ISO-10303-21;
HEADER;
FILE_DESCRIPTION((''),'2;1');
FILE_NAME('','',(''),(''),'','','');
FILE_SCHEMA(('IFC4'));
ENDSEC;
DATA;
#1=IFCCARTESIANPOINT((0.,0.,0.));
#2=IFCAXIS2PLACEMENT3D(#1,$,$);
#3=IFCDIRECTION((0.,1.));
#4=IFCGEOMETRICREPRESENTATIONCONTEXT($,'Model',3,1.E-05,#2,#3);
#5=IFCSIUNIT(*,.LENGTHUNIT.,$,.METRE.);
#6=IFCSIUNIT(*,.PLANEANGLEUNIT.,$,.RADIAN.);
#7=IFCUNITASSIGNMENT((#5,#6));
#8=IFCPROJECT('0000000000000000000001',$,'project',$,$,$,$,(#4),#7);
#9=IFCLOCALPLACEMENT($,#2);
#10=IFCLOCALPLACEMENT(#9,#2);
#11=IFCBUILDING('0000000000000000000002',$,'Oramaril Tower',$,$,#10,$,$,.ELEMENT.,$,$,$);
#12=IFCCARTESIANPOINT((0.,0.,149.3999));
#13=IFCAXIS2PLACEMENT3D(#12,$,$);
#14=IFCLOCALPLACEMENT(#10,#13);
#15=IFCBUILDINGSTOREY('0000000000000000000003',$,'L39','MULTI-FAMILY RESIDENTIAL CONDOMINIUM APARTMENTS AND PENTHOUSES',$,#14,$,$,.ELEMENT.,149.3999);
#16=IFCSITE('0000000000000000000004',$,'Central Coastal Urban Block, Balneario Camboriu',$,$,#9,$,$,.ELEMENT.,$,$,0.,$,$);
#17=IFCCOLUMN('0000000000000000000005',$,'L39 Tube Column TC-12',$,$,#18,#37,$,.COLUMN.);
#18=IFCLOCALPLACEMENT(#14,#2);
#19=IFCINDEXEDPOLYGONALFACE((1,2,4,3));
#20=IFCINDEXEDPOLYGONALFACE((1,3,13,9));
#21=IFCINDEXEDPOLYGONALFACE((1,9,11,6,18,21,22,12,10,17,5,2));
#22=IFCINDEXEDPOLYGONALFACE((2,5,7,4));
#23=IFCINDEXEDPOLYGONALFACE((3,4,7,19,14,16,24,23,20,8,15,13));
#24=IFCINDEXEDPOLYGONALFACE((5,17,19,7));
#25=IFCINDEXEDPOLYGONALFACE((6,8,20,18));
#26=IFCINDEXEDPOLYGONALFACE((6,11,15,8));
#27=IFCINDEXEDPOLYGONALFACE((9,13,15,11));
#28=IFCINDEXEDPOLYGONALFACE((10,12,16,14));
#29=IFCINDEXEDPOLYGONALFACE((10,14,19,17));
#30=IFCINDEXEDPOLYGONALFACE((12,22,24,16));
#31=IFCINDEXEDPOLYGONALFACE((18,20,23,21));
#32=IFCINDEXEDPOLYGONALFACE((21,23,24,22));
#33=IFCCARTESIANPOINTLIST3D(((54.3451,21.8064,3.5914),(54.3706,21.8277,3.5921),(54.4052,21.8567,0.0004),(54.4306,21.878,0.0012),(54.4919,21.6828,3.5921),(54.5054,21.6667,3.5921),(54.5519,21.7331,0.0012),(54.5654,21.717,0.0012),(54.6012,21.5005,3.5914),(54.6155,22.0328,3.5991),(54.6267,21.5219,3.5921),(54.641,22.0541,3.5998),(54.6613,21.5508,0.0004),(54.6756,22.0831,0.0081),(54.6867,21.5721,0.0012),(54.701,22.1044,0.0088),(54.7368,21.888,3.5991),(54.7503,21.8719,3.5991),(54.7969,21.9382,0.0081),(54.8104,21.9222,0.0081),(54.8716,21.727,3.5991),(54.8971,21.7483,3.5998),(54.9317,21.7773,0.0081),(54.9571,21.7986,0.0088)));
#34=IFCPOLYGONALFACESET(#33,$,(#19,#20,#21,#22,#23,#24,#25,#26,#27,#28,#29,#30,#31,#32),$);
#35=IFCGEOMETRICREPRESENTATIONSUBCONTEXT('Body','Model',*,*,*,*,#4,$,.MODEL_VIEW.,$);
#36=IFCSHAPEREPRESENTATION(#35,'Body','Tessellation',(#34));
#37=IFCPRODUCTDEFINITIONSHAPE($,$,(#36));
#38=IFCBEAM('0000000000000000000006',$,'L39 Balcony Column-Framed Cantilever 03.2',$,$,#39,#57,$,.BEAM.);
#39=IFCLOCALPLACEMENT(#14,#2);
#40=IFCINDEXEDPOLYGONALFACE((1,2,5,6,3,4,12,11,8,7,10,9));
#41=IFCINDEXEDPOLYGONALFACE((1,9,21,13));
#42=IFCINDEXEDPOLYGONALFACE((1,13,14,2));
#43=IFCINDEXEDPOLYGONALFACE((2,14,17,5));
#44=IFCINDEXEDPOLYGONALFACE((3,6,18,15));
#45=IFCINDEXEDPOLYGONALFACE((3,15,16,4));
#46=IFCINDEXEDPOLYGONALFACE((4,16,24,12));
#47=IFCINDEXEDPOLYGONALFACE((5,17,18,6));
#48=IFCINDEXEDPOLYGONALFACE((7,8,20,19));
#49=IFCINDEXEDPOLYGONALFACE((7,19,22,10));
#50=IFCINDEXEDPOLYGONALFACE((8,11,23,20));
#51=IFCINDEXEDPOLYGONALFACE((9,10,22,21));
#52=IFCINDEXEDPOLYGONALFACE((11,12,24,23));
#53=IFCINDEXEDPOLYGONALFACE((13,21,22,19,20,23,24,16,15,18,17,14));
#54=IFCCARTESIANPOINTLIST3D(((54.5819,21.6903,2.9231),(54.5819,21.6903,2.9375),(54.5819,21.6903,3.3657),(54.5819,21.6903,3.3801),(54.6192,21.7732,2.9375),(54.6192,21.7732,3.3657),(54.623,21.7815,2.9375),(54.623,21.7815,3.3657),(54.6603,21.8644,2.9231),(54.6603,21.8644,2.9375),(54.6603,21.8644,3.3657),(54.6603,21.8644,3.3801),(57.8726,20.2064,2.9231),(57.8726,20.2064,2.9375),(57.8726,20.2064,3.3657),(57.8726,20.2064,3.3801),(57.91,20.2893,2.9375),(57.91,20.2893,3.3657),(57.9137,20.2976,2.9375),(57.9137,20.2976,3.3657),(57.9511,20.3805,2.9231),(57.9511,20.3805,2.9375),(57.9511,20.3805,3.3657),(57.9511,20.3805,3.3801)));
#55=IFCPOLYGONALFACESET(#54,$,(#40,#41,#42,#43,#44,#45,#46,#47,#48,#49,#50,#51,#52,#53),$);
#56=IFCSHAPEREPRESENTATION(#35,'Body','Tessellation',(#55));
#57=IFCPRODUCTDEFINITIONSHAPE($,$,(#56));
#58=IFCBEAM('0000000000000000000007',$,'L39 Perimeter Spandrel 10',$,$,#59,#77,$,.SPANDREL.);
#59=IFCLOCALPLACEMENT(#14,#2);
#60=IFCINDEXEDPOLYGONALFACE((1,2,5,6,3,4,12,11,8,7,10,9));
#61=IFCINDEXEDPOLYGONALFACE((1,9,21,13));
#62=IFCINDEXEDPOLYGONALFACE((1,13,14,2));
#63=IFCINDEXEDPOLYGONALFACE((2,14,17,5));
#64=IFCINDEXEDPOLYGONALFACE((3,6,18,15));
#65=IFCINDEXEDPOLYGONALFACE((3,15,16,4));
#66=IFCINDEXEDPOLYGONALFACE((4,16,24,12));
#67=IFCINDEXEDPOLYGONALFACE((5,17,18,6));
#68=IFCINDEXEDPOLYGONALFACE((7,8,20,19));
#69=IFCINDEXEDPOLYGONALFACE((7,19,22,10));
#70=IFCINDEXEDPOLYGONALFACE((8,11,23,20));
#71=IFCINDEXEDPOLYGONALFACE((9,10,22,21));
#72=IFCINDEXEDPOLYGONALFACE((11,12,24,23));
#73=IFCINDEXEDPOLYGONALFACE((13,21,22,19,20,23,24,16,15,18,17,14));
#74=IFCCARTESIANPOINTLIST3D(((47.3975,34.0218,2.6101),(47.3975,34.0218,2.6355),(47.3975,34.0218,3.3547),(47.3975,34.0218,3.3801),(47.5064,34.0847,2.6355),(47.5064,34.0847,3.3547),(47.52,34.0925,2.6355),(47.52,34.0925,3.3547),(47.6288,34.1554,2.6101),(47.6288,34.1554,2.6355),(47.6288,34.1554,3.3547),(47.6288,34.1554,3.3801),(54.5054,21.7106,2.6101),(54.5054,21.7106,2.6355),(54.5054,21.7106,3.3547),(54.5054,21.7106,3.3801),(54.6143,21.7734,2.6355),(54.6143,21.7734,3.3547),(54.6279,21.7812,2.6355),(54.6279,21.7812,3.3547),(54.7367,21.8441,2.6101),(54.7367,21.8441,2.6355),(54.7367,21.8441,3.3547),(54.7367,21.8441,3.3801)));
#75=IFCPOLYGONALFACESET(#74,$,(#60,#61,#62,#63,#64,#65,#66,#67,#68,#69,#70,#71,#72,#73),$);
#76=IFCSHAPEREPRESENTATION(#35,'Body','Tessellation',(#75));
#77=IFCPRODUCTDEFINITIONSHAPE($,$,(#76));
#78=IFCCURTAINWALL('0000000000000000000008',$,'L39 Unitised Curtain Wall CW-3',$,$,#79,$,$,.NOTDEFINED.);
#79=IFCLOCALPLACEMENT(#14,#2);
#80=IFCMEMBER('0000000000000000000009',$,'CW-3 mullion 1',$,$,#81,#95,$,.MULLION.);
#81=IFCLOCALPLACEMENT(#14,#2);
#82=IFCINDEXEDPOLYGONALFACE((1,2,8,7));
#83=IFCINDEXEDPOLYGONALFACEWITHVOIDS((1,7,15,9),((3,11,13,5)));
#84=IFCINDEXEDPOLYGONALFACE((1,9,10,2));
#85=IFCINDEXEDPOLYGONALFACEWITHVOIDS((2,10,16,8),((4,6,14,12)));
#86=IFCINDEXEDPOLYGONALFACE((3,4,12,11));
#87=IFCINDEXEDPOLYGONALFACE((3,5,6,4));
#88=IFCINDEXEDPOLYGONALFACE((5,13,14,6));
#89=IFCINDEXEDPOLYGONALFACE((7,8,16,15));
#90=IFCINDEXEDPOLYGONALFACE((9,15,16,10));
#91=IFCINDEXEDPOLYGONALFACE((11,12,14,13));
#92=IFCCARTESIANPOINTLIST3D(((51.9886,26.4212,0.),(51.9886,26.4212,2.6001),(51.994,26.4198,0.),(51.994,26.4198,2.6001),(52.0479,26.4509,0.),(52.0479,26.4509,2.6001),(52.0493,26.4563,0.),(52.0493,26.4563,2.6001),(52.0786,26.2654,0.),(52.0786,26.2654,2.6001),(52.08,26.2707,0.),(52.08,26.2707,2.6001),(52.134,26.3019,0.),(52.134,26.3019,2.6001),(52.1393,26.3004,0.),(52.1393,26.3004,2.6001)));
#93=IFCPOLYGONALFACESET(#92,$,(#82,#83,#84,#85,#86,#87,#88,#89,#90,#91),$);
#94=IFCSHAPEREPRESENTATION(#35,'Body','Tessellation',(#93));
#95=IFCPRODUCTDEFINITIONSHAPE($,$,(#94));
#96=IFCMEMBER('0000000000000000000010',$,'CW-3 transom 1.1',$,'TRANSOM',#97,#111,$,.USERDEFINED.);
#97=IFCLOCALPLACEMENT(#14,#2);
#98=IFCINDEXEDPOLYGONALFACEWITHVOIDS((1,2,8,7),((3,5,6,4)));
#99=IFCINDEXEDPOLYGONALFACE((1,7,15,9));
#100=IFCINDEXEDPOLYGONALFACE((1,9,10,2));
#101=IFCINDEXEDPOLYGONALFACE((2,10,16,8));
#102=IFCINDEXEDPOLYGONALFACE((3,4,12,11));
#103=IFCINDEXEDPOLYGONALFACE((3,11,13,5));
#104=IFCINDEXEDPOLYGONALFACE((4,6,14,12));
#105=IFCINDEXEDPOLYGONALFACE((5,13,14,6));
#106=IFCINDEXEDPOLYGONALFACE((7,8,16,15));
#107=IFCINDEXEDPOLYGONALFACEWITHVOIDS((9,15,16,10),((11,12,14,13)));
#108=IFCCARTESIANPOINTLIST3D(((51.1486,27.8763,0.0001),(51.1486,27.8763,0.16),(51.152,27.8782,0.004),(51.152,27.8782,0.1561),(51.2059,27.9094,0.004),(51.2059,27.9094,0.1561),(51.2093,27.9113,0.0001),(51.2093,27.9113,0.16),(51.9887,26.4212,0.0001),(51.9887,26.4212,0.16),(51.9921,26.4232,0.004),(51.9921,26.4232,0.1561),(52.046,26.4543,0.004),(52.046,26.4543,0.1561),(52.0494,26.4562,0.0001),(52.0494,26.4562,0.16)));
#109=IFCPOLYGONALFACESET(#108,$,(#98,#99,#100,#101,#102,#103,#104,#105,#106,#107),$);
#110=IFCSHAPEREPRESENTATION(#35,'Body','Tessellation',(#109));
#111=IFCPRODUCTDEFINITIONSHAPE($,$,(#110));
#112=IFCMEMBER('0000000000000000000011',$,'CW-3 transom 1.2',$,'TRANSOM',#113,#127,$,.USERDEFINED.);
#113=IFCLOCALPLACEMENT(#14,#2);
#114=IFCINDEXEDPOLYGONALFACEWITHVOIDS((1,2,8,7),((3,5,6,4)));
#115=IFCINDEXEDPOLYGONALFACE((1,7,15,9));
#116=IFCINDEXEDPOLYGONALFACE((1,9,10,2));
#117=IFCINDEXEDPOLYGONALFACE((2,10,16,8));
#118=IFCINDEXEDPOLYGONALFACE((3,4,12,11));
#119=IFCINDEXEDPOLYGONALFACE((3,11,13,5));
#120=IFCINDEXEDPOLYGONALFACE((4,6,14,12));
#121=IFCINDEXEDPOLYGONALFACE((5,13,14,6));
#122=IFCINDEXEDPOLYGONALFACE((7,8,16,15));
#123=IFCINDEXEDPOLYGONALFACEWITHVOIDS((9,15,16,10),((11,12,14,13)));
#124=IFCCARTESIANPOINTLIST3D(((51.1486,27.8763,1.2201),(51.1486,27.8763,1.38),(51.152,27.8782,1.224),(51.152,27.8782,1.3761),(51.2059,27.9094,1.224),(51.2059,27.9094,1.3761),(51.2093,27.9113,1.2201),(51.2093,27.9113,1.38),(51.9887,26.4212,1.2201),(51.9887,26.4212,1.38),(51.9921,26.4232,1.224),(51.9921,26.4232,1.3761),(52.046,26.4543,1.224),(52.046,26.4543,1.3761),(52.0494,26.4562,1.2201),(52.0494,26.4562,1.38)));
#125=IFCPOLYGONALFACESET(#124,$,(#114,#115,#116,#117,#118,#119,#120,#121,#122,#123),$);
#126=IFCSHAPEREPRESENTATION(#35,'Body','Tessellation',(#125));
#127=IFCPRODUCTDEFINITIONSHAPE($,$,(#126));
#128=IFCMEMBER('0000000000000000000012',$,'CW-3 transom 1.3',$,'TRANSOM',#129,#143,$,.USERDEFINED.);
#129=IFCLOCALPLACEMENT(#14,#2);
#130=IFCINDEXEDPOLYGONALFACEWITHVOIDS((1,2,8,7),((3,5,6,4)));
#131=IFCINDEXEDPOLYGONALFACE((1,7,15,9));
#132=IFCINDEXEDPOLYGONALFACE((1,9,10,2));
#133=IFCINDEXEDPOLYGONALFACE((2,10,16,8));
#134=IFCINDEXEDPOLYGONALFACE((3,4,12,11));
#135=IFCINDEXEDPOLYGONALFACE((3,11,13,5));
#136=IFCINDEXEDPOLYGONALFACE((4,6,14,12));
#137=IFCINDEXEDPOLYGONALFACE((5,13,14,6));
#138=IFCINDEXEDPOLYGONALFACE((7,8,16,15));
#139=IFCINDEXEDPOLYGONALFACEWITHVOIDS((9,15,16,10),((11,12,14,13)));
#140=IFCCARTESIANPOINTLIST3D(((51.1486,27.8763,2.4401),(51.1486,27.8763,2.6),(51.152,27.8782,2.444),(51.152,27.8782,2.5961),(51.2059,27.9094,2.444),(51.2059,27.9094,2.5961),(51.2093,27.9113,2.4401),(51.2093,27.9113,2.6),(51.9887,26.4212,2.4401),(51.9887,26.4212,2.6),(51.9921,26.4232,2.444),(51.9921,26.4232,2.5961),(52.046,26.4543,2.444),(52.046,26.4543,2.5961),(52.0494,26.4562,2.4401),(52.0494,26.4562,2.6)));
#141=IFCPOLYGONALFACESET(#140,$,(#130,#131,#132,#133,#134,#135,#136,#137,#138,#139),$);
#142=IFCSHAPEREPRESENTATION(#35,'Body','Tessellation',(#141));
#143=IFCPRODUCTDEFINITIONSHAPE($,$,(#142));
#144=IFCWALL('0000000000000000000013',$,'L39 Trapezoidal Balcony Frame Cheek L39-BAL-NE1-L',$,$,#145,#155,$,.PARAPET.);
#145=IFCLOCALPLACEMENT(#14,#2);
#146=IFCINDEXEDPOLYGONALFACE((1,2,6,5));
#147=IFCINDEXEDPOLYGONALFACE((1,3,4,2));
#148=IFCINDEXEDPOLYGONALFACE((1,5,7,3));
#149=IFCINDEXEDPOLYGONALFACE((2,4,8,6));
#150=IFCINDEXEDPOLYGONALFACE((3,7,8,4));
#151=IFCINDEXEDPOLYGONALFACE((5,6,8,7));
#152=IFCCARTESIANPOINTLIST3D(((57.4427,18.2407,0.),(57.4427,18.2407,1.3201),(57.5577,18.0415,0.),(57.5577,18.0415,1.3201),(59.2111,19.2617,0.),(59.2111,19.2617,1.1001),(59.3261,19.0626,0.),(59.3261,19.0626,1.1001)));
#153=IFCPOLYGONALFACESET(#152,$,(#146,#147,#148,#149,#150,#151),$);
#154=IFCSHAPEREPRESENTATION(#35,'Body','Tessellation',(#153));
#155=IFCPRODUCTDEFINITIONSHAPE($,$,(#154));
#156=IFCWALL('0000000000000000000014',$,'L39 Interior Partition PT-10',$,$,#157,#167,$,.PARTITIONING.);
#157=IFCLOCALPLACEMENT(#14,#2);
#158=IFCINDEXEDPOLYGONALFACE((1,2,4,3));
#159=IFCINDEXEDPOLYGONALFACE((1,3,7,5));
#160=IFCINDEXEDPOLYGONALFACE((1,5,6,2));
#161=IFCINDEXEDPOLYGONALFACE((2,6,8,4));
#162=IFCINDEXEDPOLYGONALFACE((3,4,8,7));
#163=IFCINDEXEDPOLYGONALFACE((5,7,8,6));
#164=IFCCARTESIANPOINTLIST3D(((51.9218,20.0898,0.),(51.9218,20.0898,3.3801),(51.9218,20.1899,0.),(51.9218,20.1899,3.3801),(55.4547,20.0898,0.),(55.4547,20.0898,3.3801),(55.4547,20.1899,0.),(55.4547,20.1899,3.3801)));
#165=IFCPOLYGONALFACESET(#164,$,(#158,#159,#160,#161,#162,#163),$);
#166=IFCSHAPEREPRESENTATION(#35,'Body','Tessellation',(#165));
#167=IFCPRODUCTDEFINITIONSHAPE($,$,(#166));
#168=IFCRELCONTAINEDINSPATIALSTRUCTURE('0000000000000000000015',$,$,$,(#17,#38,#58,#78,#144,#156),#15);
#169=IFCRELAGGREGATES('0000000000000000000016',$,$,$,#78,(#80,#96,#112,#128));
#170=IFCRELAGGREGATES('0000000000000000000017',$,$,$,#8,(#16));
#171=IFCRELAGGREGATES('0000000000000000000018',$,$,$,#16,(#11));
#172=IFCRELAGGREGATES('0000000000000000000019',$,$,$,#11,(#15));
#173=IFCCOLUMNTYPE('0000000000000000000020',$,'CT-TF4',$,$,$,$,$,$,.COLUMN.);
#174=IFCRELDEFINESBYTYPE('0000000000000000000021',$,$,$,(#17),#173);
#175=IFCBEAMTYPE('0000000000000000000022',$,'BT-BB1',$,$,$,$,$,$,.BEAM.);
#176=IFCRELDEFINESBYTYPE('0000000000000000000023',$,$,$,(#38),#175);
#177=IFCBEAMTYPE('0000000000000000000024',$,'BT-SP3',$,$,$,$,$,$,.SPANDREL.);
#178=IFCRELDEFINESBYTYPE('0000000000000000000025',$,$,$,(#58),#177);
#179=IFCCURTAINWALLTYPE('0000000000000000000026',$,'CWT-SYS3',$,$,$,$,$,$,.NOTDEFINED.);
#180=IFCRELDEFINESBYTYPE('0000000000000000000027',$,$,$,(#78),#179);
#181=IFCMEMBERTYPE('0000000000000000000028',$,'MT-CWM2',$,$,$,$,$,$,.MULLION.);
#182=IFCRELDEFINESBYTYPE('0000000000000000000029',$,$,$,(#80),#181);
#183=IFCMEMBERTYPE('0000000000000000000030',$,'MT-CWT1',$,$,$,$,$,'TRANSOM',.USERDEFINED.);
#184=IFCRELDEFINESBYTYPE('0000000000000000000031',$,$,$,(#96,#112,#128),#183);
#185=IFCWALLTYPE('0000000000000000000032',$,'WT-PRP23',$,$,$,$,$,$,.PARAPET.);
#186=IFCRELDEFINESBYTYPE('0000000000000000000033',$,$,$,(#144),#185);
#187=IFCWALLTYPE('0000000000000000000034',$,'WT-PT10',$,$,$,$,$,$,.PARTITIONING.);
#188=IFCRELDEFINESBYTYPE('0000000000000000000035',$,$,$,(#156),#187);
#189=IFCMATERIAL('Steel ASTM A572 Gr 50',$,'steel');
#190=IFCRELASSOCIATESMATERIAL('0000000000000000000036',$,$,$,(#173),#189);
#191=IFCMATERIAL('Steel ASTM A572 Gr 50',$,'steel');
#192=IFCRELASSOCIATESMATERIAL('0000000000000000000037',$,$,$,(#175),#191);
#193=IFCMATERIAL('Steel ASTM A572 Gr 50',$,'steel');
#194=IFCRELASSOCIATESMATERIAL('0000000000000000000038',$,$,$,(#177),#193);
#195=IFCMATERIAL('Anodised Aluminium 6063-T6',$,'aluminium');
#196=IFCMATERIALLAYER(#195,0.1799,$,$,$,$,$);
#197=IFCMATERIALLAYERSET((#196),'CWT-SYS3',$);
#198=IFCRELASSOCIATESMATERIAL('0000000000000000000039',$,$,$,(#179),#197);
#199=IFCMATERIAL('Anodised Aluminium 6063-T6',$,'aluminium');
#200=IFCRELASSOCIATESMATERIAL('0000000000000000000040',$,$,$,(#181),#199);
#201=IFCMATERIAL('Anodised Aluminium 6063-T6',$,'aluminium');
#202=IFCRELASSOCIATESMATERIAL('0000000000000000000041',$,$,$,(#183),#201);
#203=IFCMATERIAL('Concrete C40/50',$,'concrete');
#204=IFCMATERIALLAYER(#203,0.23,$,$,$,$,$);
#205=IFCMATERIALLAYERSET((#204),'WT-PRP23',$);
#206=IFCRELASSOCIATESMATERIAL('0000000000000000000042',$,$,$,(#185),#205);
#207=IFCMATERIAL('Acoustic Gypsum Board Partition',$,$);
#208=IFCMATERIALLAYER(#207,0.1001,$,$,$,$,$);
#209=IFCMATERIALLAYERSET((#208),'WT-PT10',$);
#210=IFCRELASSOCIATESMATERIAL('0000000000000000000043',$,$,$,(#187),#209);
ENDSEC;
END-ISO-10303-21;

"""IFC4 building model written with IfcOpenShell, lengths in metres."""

from ifc_helpers import new_model, si_unit, direction, frame, frame_2d, origin, origin_2d, place, context, subcontext, project, spatial, polyline, rectangle, hollow_rectangle, i_section, outline, extrude, material, layer, layer_set, material_profile, profile_set, type_object, element, aggregate, save


model = new_model("IFC4")

# Units and contexts
model_context = context("Model", 3, precision=1e-05, world=origin(), true_north=direction((0.0, 1.0)))
body_context = subcontext(model_context, "Body", "Model", "MODEL_VIEW")
ifc_project = project(units=[si_unit("LENGTHUNIT", "METRE"), si_unit("PLANEANGLEUNIT", "RADIAN")], contexts=[model_context])

# Site, building, storey
site_placement = place(None, origin())
site = spatial("IfcSite", under=ifc_project, at=site_placement, Name="Central Coastal Urban Block, Balneario Camboriu", CompositionType="ELEMENT", RefElevation=0.0)
building_placement = place(site_placement, origin())
building = spatial("IfcBuilding", under=site, at=building_placement, Name="Oramaril Tower", CompositionType="ELEMENT")
storey_placement = place(building_placement, frame((0.0, 0.0, 149.3999)))
storey = spatial("IfcBuildingStorey", under=building, at=storey_placement, Name="L39", Description="MULTI-FAMILY RESIDENTIAL CONDOMINIUM APARTMENTS AND PENTHOUSES", CompositionType="ELEMENT", Elevation=149.3999)

# Column
ifc_material_1 = material(Name="Steel ASTM A572 Gr 50", Category="steel")
ifc_material_profile_1 = material_profile(ifc_material_1, i_section(OverallWidth=0.3989, OverallDepth=0.386, WebThickness=0.021, FlangeThickness=0.0332, at=origin_2d()), Name="W14X176")
ifc_profile_set_1 = profile_set([ifc_material_profile_1], Name="Steel ASTM A572 Gr 50")
column_type = type_object("IfcColumnType", Name="CT-TF4", PredefinedType="COLUMN", material=ifc_profile_set_1)
column_placement = place(storey_placement, frame((54.6812, 21.8276, 0.0046), z_axis=(-0.01672, -0.014002, 0.999762), x_axis=(0.642022, -0.766686, 0.0)))
element("IfcColumn", 1, at=column_placement, inside=storey, type_object=column_type, Name="L39 Tube Column TC-12", PredefinedType="COLUMN", context=body_context, shape_type="SweptSolid", body=[
    extrude(i_section(OverallWidth=0.3989, OverallDepth=0.386, WebThickness=0.021, FlangeThickness=0.0332, at=origin_2d()), origin(), (0.0, 0.0, 1.0), 3.5918),
])

# Beams
ifc_material_2 = material(Name="Steel ASTM A572 Gr 50", Category="steel")
ifc_material_profile_2 = material_profile(ifc_material_2, i_section(OverallWidth=0.1909, OverallDepth=0.457, WebThickness=0.009, FlangeThickness=0.0144, at=origin_2d()), Name="W18X50")
ifc_profile_set_2 = profile_set([ifc_material_profile_2], Name="Steel ASTM A572 Gr 50")
beam_type_1 = type_object("IfcBeamType", Name="BT-BB1", PredefinedType="BEAM", material=ifc_profile_set_2)
beam_1_placement = place(storey_placement, frame((54.6211, 21.7773, 3.1516), z_axis=(0.911606, -0.411065, 0.0), x_axis=(0.411065, 0.911606, 0.0)))
element("IfcBeam", 2, at=beam_1_placement, inside=storey, type_object=beam_type_1, Name="L39 Balcony Column-Framed Cantilever 03.2", PredefinedType="BEAM", context=body_context, shape_type="SweptSolid", body=[
    extrude(i_section(OverallWidth=0.1909, OverallDepth=0.457, WebThickness=0.009, FlangeThickness=0.0144, at=origin_2d()), origin(), (0.0, 0.0, 1.0), 3.6099),
])
ifc_material_3 = material(Name="Steel ASTM A572 Gr 50", Category="steel")
ifc_material_profile_3 = material_profile(ifc_material_3, i_section(OverallWidth=0.2671, OverallDepth=0.77, WebThickness=0.0156, FlangeThickness=0.0254, at=origin_2d()), Name="W30X132")
ifc_profile_set_3 = profile_set([ifc_material_profile_3], Name="Steel ASTM A572 Gr 50")
beam_type_2 = type_object("IfcBeamType", Name="BT-SP3", PredefinedType="SPANDREL", material=ifc_profile_set_3)
beam_2_placement = place(storey_placement, frame((54.6211, 21.7773, 2.9951), z_axis=(-0.499999, 0.866026, 0.0), x_axis=(-0.866026, -0.499999, 0.0)))
element("IfcBeam", 3, at=beam_2_placement, inside=storey, type_object=beam_type_2, Name="L39 Perimeter Spandrel 10", PredefinedType="SPANDREL", context=body_context, shape_type="SweptSolid", body=[
    extrude(i_section(OverallWidth=0.2671, OverallDepth=0.77, WebThickness=0.0156, FlangeThickness=0.0254, at=origin_2d()), origin(), (0.0, 0.0, 1.0), 14.2158),
])

# Curtain wall, members
ifc_material_4 = material(Name="Anodised Aluminium 6063-T6", Category="aluminium")
ifc_layer_1 = layer(ifc_material_4, 0.1799)
ifc_layer_set_1 = layer_set([ifc_layer_1], Name="CWT-SYS3")
curtain_wall_type = type_object("IfcCurtainWallType", Name="CWT-SYS3", PredefinedType="NOTDEFINED", material=ifc_layer_set_1)
curtain_wall_placement = place(storey_placement, origin())
curtain_wall = element("IfcCurtainWall", 4, at=curtain_wall_placement, inside=storey, type_object=curtain_wall_type, Name="L39 Unitised Curtain Wall CW-3", PredefinedType="NOTDEFINED")
ifc_material_5 = material(Name="Anodised Aluminium 6063-T6", Category="aluminium")
ifc_material_profile_4 = material_profile(ifc_material_5, hollow_rectangle(XDim=0.0701, YDim=0.1799, WallThickness=0.0039, at=origin_2d()), Name="CWM180X70")
ifc_profile_set_4 = profile_set([ifc_material_profile_4], Name="Anodised Aluminium 6063-T6")
member_type_1 = type_object("IfcMemberType", Name="MT-CWM2", PredefinedType="MULLION", material=ifc_profile_set_4)
member_1_placement = place(storey_placement, frame((52.064, 26.3608, 0.0), z_axis=(0.0, 0.0, 1.0), x_axis=(-0.866025, -0.5, 0.0)))
member_1 = element("IfcMember", 5, at=member_1_placement, type_object=member_type_1, Name="CW-3 mullion 1", PredefinedType="MULLION", context=body_context, shape_type="SweptSolid", body=[
    extrude(hollow_rectangle(XDim=0.0701, YDim=0.1799, WallThickness=0.0039, at=origin_2d()), origin(), (0.0, 0.0, 1.0), 2.6001),
])
ifc_material_6 = material(Name="Anodised Aluminium 6063-T6", Category="aluminium")
ifc_material_profile_5 = material_profile(ifc_material_6, hollow_rectangle(XDim=0.0701, YDim=0.1599, WallThickness=0.0039, at=origin_2d()), Name="CWT160X70")
ifc_profile_set_5 = profile_set([ifc_material_profile_5], Name="Anodised Aluminium 6063-T6")
member_type_2 = type_object("IfcMemberType", Name="MT-CWT1", ElementType="TRANSOM", PredefinedType="USERDEFINED", material=ifc_profile_set_5)
member_2_placement = place(storey_placement, frame((52.019, 26.4387, 0.0801), z_axis=(-0.499999, 0.866026, 0.0), x_axis=(-0.866026, -0.499999, 0.0)))
member_2 = element("IfcMember", 6, at=member_2_placement, type_object=member_type_2, Name="CW-3 transom 1.1", ObjectType="TRANSOM", PredefinedType="USERDEFINED", context=body_context, shape_type="SweptSolid", body=[
    extrude(hollow_rectangle(XDim=0.0701, YDim=0.1599, WallThickness=0.0039, at=origin_2d()), origin(), (0.0, 0.0, 1.0), 1.6802),
])
member_3_placement = place(storey_placement, frame((52.019, 26.4387, 1.3), z_axis=(-0.499999, 0.866026, 0.0), x_axis=(-0.866026, -0.499999, 0.0)))
member_3 = element("IfcMember", 7, at=member_3_placement, type_object=member_type_2, Name="CW-3 transom 1.2", ObjectType="TRANSOM", PredefinedType="USERDEFINED", context=body_context, shape_type="SweptSolid", body=[
    extrude(hollow_rectangle(XDim=0.0701, YDim=0.1599, WallThickness=0.0039, at=origin_2d()), origin(), (0.0, 0.0, 1.0), 1.6802),
])
member_4_placement = place(storey_placement, frame((52.019, 26.4387, 2.52), z_axis=(-0.499999, 0.866026, 0.0), x_axis=(-0.866026, -0.499999, 0.0)))
member_4 = element("IfcMember", 8, at=member_4_placement, type_object=member_type_2, Name="CW-3 transom 1.3", ObjectType="TRANSOM", PredefinedType="USERDEFINED", context=body_context, shape_type="SweptSolid", body=[
    extrude(hollow_rectangle(XDim=0.0701, YDim=0.1599, WallThickness=0.0039, at=origin_2d()), origin(), (0.0, 0.0, 1.0), 1.6802),
])
aggregate(curtain_wall, [member_1, member_2, member_3, member_4])

# Walls
ifc_material_7 = material(Name="Concrete C40/50", Category="concrete")
ifc_layer_2 = layer(ifc_material_7, 0.23)
ifc_layer_set_2 = layer_set([ifc_layer_2], Name="WT-PRP23")
wall_type_1 = type_object("IfcWallType", Name="WT-PRP23", PredefinedType="PARAPET", material=ifc_layer_set_2)
wall_1_placement = place(storey_placement, frame((57.5002, 18.1411, 0.0), z_axis=(0.0, 0.0, 1.0), x_axis=(0.866012, 0.500023, 0.0)))
element("IfcWall", 9, at=wall_1_placement, inside=storey, type_object=wall_type_1, Name="L39 Trapezoidal Balcony Frame Cheek L39-BAL-NE1-L", PredefinedType="PARAPET", context=body_context, shape_type="SweptSolid", body=[
    extrude(outline(polyline([(0.0, 0.0), (2.042, 0.0), (2.042, 1.1001), (0.0, 1.3201), (0.0, 0.0)])), frame((0.0, 0.115, 0.0), z_axis=(0.0, -1.0, 0.0), x_axis=(1.0, 0.0, 0.0)), (0.0, 0.0, 1.0), 0.23),
])
ifc_material_8 = material(Name="Acoustic Gypsum Board Partition")
ifc_layer_3 = layer(ifc_material_8, 0.1001)
ifc_layer_set_3 = layer_set([ifc_layer_3], Name="WT-PT10")
wall_type_2 = type_object("IfcWallType", Name="WT-PT10", PredefinedType="PARTITIONING", material=ifc_layer_set_3)
wall_2_placement = place(storey_placement, frame((51.9216, 20.1399, 0.0), z_axis=(0.0, 0.0, 1.0), x_axis=(1.0, 0.0, 0.0)))
element("IfcWall", 10, at=wall_2_placement, inside=storey, type_object=wall_type_2, Name="L39 Interior Partition PT-10", PredefinedType="PARTITIONING", context=body_context, shape_type="SweptSolid", body=[
    extrude(rectangle(XDim=3.533, YDim=0.1001, at=frame_2d((1.7666, 0.0))), origin(), (0.0, 0.0, 1.0), 3.3801),
])

save(model, "model.ifc")
